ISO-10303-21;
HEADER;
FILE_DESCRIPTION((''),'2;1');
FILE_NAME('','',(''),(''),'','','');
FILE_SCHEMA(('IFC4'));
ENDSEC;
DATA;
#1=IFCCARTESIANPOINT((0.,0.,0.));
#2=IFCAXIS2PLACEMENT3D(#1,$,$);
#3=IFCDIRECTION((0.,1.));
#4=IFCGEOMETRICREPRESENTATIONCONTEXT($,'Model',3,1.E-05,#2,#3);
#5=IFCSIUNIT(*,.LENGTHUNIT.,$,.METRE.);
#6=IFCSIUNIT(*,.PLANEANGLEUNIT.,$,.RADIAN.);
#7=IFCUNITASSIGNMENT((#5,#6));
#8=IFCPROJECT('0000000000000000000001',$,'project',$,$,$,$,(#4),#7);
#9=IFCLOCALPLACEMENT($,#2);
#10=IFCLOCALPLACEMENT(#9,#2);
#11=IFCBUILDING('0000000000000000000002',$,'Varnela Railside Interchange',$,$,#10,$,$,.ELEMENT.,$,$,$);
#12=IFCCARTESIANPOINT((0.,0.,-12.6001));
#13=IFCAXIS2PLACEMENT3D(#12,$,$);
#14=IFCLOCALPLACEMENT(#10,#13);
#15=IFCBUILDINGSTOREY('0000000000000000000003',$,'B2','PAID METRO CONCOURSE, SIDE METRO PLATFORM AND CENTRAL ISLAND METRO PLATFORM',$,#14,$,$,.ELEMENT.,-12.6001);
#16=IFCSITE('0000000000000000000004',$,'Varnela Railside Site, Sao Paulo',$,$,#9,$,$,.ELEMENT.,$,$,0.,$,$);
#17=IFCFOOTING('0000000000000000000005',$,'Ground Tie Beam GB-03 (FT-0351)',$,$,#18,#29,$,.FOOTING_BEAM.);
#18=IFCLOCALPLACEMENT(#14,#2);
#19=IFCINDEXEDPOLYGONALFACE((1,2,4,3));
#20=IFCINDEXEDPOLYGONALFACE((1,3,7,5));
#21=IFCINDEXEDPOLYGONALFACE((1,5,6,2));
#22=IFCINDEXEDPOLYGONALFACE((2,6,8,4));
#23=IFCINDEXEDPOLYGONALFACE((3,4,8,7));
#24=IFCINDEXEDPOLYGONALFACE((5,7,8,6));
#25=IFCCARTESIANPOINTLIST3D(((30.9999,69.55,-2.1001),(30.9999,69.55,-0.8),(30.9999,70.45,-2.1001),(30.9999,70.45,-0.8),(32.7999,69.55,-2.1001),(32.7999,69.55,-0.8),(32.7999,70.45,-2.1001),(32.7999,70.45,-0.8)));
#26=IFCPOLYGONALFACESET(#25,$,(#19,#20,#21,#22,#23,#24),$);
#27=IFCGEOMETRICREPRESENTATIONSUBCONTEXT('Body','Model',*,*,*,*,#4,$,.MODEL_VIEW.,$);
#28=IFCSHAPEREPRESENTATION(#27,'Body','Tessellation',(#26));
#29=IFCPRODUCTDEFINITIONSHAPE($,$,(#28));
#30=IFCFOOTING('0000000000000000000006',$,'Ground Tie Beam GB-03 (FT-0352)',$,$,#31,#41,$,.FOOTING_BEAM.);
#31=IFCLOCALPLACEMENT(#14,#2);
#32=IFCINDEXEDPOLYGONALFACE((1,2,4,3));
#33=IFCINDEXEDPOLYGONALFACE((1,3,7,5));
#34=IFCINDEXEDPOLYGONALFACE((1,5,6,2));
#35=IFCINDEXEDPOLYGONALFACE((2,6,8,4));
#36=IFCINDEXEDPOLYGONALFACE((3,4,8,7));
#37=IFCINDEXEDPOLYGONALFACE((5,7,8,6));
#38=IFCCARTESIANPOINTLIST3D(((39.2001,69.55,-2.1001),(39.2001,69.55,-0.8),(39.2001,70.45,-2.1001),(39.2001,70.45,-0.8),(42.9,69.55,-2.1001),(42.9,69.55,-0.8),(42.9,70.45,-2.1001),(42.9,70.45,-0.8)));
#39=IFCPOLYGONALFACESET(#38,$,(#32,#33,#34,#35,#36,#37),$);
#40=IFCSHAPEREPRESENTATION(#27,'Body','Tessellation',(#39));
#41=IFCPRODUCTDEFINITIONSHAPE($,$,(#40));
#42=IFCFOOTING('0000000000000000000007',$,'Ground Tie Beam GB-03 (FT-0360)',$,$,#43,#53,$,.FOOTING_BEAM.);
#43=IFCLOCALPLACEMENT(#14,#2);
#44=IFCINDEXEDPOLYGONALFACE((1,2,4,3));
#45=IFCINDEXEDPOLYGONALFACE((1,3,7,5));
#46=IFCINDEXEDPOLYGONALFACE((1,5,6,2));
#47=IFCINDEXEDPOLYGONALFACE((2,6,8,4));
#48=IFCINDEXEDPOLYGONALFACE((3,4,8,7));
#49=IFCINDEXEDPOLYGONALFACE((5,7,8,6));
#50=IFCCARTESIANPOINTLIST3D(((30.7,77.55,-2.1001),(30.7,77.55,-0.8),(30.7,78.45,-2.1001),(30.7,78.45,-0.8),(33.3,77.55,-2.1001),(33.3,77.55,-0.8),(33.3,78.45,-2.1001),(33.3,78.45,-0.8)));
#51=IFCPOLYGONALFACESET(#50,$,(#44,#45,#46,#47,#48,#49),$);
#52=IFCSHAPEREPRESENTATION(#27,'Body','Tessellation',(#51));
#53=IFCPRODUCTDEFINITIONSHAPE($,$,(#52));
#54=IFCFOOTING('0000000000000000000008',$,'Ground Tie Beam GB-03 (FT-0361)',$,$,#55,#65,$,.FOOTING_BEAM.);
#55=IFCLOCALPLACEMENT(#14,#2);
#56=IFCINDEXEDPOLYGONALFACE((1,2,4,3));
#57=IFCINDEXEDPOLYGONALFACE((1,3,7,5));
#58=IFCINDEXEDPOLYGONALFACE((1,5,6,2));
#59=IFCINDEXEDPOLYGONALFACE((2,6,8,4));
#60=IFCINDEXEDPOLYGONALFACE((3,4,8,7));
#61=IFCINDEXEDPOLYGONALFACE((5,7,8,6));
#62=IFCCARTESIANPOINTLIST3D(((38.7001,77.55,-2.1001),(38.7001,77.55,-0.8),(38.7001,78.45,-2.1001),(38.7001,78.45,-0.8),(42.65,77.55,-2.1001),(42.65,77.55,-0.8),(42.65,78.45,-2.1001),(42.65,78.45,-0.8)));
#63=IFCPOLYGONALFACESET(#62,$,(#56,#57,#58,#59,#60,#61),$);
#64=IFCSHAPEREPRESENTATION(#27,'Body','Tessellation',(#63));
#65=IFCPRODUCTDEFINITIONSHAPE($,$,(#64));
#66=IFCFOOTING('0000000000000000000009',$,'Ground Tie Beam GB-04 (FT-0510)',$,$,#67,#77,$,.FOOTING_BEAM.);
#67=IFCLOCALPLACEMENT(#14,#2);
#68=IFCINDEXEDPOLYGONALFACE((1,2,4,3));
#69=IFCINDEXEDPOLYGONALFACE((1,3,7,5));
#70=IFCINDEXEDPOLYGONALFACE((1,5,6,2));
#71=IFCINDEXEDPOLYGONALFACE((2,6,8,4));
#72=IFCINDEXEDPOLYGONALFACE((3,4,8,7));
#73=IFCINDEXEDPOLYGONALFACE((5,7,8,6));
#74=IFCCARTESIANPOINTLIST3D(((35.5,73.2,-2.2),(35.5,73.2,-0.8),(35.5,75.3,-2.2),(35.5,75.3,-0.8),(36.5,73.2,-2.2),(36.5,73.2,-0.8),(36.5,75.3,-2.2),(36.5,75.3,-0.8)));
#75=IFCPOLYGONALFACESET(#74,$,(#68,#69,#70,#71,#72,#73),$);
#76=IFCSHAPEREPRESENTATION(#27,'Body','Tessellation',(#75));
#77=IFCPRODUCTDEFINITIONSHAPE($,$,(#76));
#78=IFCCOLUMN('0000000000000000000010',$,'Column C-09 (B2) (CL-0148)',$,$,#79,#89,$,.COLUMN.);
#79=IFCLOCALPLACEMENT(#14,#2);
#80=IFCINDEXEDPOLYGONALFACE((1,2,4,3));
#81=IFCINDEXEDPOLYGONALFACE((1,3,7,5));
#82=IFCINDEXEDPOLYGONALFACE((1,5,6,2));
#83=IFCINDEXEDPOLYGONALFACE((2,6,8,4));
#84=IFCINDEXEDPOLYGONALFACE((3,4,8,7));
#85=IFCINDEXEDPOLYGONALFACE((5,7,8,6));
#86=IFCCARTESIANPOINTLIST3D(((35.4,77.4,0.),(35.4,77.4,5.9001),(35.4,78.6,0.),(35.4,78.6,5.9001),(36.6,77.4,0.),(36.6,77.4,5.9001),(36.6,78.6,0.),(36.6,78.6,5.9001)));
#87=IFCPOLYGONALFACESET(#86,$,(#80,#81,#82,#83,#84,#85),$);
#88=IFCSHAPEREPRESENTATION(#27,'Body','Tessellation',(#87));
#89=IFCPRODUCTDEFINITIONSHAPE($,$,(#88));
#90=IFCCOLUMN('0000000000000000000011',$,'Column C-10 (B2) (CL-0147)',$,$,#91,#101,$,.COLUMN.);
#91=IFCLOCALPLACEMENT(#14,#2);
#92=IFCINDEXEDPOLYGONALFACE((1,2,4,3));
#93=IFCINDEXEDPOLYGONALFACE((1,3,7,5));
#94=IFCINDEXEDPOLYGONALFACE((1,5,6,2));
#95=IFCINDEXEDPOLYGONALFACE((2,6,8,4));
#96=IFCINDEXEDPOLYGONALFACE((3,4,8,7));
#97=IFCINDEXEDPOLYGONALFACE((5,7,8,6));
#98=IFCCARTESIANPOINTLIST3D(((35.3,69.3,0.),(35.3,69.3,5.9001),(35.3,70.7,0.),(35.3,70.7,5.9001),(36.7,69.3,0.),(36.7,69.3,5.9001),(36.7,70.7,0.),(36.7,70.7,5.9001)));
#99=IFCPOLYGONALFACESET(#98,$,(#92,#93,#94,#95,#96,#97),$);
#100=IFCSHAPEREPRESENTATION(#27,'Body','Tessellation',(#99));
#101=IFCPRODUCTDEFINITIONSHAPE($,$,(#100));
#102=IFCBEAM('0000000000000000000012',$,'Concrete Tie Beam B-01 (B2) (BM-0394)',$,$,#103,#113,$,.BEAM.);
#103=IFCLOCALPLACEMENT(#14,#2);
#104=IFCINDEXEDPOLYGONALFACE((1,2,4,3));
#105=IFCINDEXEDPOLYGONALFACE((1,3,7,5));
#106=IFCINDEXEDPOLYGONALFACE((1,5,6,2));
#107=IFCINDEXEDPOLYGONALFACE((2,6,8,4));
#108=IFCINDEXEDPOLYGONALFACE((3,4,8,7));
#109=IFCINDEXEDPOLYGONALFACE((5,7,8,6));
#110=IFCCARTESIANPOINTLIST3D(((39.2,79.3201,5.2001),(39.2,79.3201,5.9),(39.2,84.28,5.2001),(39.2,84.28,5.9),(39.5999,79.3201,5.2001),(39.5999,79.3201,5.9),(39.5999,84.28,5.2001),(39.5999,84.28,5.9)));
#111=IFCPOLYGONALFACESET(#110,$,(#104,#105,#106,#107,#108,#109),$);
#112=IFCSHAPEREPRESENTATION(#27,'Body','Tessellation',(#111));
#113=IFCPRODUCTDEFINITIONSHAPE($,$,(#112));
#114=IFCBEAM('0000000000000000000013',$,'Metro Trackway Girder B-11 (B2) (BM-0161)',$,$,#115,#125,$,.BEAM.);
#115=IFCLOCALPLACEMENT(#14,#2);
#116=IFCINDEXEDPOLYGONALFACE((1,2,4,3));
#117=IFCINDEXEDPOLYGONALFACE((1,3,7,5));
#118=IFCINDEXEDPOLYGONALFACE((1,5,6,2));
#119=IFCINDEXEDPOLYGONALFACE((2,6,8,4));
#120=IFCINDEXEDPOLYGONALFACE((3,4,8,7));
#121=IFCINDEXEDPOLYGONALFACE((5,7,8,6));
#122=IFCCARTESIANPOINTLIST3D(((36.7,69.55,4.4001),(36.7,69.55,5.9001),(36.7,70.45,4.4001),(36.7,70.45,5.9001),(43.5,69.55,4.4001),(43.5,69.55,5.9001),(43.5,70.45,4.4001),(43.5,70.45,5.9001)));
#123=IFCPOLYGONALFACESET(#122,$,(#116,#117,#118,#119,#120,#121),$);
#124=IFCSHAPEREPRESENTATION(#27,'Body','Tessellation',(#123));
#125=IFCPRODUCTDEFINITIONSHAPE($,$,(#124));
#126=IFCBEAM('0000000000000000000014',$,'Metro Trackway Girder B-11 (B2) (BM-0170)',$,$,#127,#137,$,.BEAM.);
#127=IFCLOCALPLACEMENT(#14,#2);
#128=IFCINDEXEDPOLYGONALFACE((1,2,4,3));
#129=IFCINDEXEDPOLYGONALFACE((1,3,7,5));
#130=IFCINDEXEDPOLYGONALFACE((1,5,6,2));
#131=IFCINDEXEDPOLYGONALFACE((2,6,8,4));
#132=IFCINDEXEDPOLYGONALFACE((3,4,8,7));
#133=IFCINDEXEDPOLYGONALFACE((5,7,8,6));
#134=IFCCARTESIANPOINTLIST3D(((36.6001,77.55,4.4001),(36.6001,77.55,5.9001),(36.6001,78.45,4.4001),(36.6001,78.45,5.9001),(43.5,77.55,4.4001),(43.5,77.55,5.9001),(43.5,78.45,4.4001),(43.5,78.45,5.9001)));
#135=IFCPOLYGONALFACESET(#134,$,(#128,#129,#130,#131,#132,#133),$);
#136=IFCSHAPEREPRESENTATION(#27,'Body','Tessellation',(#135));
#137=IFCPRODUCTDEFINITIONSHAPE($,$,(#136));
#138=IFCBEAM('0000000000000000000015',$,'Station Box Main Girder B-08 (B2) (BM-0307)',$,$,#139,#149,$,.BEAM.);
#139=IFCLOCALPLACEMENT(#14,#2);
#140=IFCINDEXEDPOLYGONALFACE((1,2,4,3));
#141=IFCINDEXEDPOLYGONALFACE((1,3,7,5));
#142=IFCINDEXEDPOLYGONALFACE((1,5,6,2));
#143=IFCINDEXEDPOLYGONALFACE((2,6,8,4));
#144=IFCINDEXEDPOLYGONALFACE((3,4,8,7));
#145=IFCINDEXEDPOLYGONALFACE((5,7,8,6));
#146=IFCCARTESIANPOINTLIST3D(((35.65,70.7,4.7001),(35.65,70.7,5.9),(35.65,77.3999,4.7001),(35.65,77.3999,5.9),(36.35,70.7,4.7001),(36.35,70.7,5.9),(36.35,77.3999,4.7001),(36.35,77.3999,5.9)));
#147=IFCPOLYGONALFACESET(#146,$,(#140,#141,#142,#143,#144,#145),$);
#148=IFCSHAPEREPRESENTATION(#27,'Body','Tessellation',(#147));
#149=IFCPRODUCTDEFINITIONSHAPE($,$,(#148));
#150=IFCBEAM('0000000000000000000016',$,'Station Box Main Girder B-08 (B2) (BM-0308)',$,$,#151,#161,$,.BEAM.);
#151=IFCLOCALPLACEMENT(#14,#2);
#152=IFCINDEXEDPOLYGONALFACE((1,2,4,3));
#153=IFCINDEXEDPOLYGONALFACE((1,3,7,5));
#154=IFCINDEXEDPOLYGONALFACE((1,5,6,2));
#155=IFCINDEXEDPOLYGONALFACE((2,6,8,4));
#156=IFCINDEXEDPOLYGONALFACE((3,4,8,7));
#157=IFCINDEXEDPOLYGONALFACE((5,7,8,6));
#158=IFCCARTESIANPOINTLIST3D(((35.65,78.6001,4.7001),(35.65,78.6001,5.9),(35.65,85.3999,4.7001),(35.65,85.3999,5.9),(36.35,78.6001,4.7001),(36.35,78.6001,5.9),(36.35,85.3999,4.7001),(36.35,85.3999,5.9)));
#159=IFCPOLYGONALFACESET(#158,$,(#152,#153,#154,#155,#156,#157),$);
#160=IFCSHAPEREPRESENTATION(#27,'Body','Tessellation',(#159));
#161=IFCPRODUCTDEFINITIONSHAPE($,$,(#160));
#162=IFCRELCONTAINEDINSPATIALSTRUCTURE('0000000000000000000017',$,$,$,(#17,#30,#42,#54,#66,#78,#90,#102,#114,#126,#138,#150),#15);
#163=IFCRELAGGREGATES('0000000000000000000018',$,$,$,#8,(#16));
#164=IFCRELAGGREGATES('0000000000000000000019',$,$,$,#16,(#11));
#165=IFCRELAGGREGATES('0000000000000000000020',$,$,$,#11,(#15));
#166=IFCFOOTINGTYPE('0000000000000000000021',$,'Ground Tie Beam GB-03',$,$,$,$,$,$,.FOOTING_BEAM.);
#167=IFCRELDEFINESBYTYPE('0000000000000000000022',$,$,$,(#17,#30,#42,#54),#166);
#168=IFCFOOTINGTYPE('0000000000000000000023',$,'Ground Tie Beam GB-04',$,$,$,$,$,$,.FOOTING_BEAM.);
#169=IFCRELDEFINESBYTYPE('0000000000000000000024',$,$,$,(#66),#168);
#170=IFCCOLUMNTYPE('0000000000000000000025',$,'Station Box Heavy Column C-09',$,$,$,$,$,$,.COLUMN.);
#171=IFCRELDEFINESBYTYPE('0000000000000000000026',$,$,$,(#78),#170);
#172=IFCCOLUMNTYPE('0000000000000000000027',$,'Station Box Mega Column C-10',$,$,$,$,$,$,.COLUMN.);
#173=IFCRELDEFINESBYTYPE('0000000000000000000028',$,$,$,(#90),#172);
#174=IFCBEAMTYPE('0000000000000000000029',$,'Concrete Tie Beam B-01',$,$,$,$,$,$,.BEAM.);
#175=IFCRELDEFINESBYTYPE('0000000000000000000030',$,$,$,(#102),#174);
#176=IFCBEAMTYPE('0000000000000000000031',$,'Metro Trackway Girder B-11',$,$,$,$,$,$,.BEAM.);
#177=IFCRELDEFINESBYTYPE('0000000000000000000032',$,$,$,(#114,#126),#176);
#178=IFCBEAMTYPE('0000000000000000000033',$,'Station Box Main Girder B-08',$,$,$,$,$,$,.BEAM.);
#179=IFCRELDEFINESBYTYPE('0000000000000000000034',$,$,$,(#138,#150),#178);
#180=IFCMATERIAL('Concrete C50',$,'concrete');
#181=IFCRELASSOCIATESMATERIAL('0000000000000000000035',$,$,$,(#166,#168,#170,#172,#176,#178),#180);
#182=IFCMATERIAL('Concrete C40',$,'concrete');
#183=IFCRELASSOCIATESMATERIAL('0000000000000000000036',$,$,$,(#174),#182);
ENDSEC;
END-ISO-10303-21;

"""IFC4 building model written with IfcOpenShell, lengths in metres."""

from ifc_helpers import new_model, si_unit, direction, frame, origin, origin_2d, place, context, subcontext, project, spatial, rectangle, extrude, material, material_profile, profile_set, type_object, element, save


model = new_model("IFC4")

# Units and contexts
model_context = context("Model", 3, precision=1e-05, world=origin(), true_north=direction((0.0, 1.0)))
body_context = subcontext(model_context, "Body", "Model", "MODEL_VIEW")
ifc_project = project(units=[si_unit("LENGTHUNIT", "METRE"), si_unit("PLANEANGLEUNIT", "RADIAN")], contexts=[model_context])

# Site, building, storey
site_placement = place(None, origin())
site = spatial("IfcSite", under=ifc_project, at=site_placement, Name="Varnela Railside Site, Sao Paulo", CompositionType="ELEMENT", RefElevation=0.0)
building_placement = place(site_placement, origin())
building = spatial("IfcBuilding", under=site, at=building_placement, Name="Varnela Railside Interchange", CompositionType="ELEMENT")
storey_placement = place(building_placement, frame((0.0, 0.0, -12.6001)))
storey = spatial("IfcBuildingStorey", under=building, at=storey_placement, Name="B2", Description="PAID METRO CONCOURSE, SIDE METRO PLATFORM AND CENTRAL ISLAND METRO PLATFORM", CompositionType="ELEMENT", Elevation=-12.6001)

# Shared definitions
ifc_material_1 = material(Name="Concrete C40", Category="concrete")

# Footings
ifc_material_2 = material(Name="Concrete C50", Category="concrete")
footing_type_1 = type_object("IfcFootingType", Name="Ground Tie Beam GB-03", PredefinedType="FOOTING_BEAM", material=ifc_material_2)
footing_1_placement = place(storey_placement, frame((31.8999, 70.0, -2.1001), z_axis=(0.0, 0.0, 1.0), x_axis=(1.0, 0.0, 0.0)))
element("IfcFooting", 1, at=footing_1_placement, inside=storey, type_object=footing_type_1, Name="Ground Tie Beam GB-03 (FT-0351)", PredefinedType="FOOTING_BEAM", context=body_context, shape_type="SweptSolid", body=[
    extrude(rectangle(XDim=1.8, YDim=0.8999, at=origin_2d()), origin(), (0.0, 0.0, 1.0), 1.3),
])
footing_2_placement = place(storey_placement, frame((41.05, 70.0, -2.1001), z_axis=(0.0, 0.0, 1.0), x_axis=(1.0, 0.0, 0.0)))
element("IfcFooting", 2, at=footing_2_placement, inside=storey, type_object=footing_type_1, Name="Ground Tie Beam GB-03 (FT-0352)", PredefinedType="FOOTING_BEAM", context=body_context, shape_type="SweptSolid", body=[
    extrude(rectangle(XDim=3.7, YDim=0.8999, at=origin_2d()), origin(), (0.0, 0.0, 1.0), 1.3),
])
footing_3_placement = place(storey_placement, frame((32.0, 78.0, -2.1001), z_axis=(0.0, 0.0, 1.0), x_axis=(1.0, 0.0, 0.0)))
element("IfcFooting", 3, at=footing_3_placement, inside=storey, type_object=footing_type_1, Name="Ground Tie Beam GB-03 (FT-0360)", PredefinedType="FOOTING_BEAM", context=body_context, shape_type="SweptSolid", body=[
    extrude(rectangle(XDim=2.6001, YDim=0.8999, at=origin_2d()), origin(), (0.0, 0.0, 1.0), 1.3),
])
footing_4_placement = place(storey_placement, frame((40.675, 78.0, -2.1001), z_axis=(0.0, 0.0, 1.0), x_axis=(1.0, 0.0, 0.0)))
element("IfcFooting", 4, at=footing_4_placement, inside=storey, type_object=footing_type_1, Name="Ground Tie Beam GB-03 (FT-0361)", PredefinedType="FOOTING_BEAM", context=body_context, shape_type="SweptSolid", body=[
    extrude(rectangle(XDim=3.95, YDim=0.8999, at=origin_2d()), origin(), (0.0, 0.0, 1.0), 1.3),
])
footing_type_2 = type_object("IfcFootingType", Name="Ground Tie Beam GB-04", PredefinedType="FOOTING_BEAM", material=ifc_material_2)
footing_5_placement = place(storey_placement, frame((36.0, 74.25, -2.2), z_axis=(0.0, 0.0, 1.0), x_axis=(1.0, 0.0, 0.0)))
element("IfcFooting", 5, at=footing_5_placement, inside=storey, type_object=footing_type_2, Name="Ground Tie Beam GB-04 (FT-0510)", PredefinedType="FOOTING_BEAM", context=body_context, shape_type="SweptSolid", body=[
    extrude(rectangle(XDim=1.0, YDim=2.1001, at=origin_2d()), origin(), (0.0, 0.0, 1.0), 1.3999),
])

# Columns
ifc_material_profile_1 = material_profile(ifc_material_2, rectangle(XDim=1.2, YDim=1.2, at=origin_2d()), Name="RC 1200x1200")
ifc_profile_set_1 = profile_set([ifc_material_profile_1], Name="Concrete C50")
column_type_1 = type_object("IfcColumnType", Name="Station Box Heavy Column C-09", PredefinedType="COLUMN", material=ifc_profile_set_1)
column_1_placement = place(storey_placement, frame((36.0, 78.0, 0.0), z_axis=(0.0, 0.0, 1.0), x_axis=(1.0, 0.0, 0.0)))
element("IfcColumn", 6, at=column_1_placement, inside=storey, type_object=column_type_1, Name="Column C-09 (B2) (CL-0148)", PredefinedType="COLUMN", context=body_context, shape_type="SweptSolid", body=[
    extrude(rectangle(XDim=1.2, YDim=1.2, at=origin_2d()), origin(), (0.0, 0.0, 1.0), 5.9001),
])
ifc_material_profile_2 = material_profile(ifc_material_2, rectangle(XDim=1.3999, YDim=1.3999, at=origin_2d()), Name="RC 1400x1400")
ifc_profile_set_2 = profile_set([ifc_material_profile_2], Name="Concrete C50")
column_type_2 = type_object("IfcColumnType", Name="Station Box Mega Column C-10", PredefinedType="COLUMN", material=ifc_profile_set_2)
column_2_placement = place(storey_placement, frame((36.0, 70.0, 0.0), z_axis=(0.0, 0.0, 1.0), x_axis=(1.0, 0.0, 0.0)))
element("IfcColumn", 7, at=column_2_placement, inside=storey, type_object=column_type_2, Name="Column C-10 (B2) (CL-0147)", PredefinedType="COLUMN", context=body_context, shape_type="SweptSolid", body=[
    extrude(rectangle(XDim=1.3999, YDim=1.3999, at=origin_2d()), origin(), (0.0, 0.0, 1.0), 5.9001),
])

# Beams
ifc_material_profile_3 = material_profile(ifc_material_1, rectangle(XDim=0.3999, YDim=0.7, at=origin_2d()), Name="RC 400x700")
ifc_profile_set_3 = profile_set([ifc_material_profile_3], Name="Concrete C40")
beam_type_1 = type_object("IfcBeamType", Name="Concrete Tie Beam B-01", PredefinedType="BEAM", material=ifc_profile_set_3)
beam_1_placement = place(storey_placement, frame((39.3999, 79.3201, 5.55), z_axis=(0.0, 1.0, 0.0), x_axis=(-1.0, 0.0, 0.0)))
element("IfcBeam", 8, at=beam_1_placement, inside=storey, type_object=beam_type_1, Name="Concrete Tie Beam B-01 (B2) (BM-0394)", PredefinedType="BEAM", context=body_context, shape_type="SweptSolid", body=[
    extrude(rectangle(XDim=0.3999, YDim=0.7, at=origin_2d()), origin(), (0.0, 0.0, 1.0), 4.96),
])
ifc_material_profile_4 = material_profile(ifc_material_2, rectangle(XDim=0.8999, YDim=1.5, at=origin_2d()), Name="RC 900x1500")
ifc_profile_set_4 = profile_set([ifc_material_profile_4], Name="Concrete C50")
beam_type_2 = type_object("IfcBeamType", Name="Metro Trackway Girder B-11", PredefinedType="BEAM", material=ifc_profile_set_4)
beam_2_placement = place(storey_placement, frame((36.7, 70.0, 5.1501), z_axis=(1.0, 0.0, 0.0), x_axis=(0.0, 1.0, 0.0)))
element("IfcBeam", 9, at=beam_2_placement, inside=storey, type_object=beam_type_2, Name="Metro Trackway Girder B-11 (B2) (BM-0161)", PredefinedType="BEAM", context=body_context, shape_type="SweptSolid", body=[
    extrude(rectangle(XDim=0.8999, YDim=1.5, at=origin_2d()), origin(), (0.0, 0.0, 1.0), 6.8),
])
beam_3_placement = place(storey_placement, frame((36.6001, 78.0, 5.1501), z_axis=(1.0, 0.0, 0.0), x_axis=(0.0, 1.0, 0.0)))
element("IfcBeam", 10, at=beam_3_placement, inside=storey, type_object=beam_type_2, Name="Metro Trackway Girder B-11 (B2) (BM-0170)", PredefinedType="BEAM", context=body_context, shape_type="SweptSolid", body=[
    extrude(rectangle(XDim=0.8999, YDim=1.5, at=origin_2d()), origin(), (0.0, 0.0, 1.0), 6.8999),
])
ifc_material_profile_5 = material_profile(ifc_material_2, rectangle(XDim=0.7, YDim=1.2, at=origin_2d()), Name="RC 700x1200")
ifc_profile_set_5 = profile_set([ifc_material_profile_5], Name="Concrete C50")
beam_type_3 = type_object("IfcBeamType", Name="Station Box Main Girder B-08", PredefinedType="BEAM", material=ifc_profile_set_5)
beam_4_placement = place(storey_placement, frame((36.0, 70.7, 5.3), z_axis=(0.0, 1.0, 0.0), x_axis=(-1.0, 0.0, 0.0)))
element("IfcBeam", 11, at=beam_4_placement, inside=storey, type_object=beam_type_3, Name="Station Box Main Girder B-08 (B2) (BM-0307)", PredefinedType="BEAM", context=body_context, shape_type="SweptSolid", body=[
    extrude(rectangle(XDim=0.7, YDim=1.2, at=origin_2d()), origin(), (0.0, 0.0, 1.0), 6.7),
])
beam_5_placement = place(storey_placement, frame((36.0, 78.6001, 5.3), z_axis=(0.0, 1.0, 0.0), x_axis=(-1.0, 0.0, 0.0)))
element("IfcBeam", 12, at=beam_5_placement, inside=storey, type_object=beam_type_3, Name="Station Box Main Girder B-08 (B2) (BM-0308)", PredefinedType="BEAM", context=body_context, shape_type="SweptSolid", body=[
    extrude(rectangle(XDim=0.7, YDim=1.2, at=origin_2d()), origin(), (0.0, 0.0, 1.0), 6.7998),
])

save(model, "model.ifc")
